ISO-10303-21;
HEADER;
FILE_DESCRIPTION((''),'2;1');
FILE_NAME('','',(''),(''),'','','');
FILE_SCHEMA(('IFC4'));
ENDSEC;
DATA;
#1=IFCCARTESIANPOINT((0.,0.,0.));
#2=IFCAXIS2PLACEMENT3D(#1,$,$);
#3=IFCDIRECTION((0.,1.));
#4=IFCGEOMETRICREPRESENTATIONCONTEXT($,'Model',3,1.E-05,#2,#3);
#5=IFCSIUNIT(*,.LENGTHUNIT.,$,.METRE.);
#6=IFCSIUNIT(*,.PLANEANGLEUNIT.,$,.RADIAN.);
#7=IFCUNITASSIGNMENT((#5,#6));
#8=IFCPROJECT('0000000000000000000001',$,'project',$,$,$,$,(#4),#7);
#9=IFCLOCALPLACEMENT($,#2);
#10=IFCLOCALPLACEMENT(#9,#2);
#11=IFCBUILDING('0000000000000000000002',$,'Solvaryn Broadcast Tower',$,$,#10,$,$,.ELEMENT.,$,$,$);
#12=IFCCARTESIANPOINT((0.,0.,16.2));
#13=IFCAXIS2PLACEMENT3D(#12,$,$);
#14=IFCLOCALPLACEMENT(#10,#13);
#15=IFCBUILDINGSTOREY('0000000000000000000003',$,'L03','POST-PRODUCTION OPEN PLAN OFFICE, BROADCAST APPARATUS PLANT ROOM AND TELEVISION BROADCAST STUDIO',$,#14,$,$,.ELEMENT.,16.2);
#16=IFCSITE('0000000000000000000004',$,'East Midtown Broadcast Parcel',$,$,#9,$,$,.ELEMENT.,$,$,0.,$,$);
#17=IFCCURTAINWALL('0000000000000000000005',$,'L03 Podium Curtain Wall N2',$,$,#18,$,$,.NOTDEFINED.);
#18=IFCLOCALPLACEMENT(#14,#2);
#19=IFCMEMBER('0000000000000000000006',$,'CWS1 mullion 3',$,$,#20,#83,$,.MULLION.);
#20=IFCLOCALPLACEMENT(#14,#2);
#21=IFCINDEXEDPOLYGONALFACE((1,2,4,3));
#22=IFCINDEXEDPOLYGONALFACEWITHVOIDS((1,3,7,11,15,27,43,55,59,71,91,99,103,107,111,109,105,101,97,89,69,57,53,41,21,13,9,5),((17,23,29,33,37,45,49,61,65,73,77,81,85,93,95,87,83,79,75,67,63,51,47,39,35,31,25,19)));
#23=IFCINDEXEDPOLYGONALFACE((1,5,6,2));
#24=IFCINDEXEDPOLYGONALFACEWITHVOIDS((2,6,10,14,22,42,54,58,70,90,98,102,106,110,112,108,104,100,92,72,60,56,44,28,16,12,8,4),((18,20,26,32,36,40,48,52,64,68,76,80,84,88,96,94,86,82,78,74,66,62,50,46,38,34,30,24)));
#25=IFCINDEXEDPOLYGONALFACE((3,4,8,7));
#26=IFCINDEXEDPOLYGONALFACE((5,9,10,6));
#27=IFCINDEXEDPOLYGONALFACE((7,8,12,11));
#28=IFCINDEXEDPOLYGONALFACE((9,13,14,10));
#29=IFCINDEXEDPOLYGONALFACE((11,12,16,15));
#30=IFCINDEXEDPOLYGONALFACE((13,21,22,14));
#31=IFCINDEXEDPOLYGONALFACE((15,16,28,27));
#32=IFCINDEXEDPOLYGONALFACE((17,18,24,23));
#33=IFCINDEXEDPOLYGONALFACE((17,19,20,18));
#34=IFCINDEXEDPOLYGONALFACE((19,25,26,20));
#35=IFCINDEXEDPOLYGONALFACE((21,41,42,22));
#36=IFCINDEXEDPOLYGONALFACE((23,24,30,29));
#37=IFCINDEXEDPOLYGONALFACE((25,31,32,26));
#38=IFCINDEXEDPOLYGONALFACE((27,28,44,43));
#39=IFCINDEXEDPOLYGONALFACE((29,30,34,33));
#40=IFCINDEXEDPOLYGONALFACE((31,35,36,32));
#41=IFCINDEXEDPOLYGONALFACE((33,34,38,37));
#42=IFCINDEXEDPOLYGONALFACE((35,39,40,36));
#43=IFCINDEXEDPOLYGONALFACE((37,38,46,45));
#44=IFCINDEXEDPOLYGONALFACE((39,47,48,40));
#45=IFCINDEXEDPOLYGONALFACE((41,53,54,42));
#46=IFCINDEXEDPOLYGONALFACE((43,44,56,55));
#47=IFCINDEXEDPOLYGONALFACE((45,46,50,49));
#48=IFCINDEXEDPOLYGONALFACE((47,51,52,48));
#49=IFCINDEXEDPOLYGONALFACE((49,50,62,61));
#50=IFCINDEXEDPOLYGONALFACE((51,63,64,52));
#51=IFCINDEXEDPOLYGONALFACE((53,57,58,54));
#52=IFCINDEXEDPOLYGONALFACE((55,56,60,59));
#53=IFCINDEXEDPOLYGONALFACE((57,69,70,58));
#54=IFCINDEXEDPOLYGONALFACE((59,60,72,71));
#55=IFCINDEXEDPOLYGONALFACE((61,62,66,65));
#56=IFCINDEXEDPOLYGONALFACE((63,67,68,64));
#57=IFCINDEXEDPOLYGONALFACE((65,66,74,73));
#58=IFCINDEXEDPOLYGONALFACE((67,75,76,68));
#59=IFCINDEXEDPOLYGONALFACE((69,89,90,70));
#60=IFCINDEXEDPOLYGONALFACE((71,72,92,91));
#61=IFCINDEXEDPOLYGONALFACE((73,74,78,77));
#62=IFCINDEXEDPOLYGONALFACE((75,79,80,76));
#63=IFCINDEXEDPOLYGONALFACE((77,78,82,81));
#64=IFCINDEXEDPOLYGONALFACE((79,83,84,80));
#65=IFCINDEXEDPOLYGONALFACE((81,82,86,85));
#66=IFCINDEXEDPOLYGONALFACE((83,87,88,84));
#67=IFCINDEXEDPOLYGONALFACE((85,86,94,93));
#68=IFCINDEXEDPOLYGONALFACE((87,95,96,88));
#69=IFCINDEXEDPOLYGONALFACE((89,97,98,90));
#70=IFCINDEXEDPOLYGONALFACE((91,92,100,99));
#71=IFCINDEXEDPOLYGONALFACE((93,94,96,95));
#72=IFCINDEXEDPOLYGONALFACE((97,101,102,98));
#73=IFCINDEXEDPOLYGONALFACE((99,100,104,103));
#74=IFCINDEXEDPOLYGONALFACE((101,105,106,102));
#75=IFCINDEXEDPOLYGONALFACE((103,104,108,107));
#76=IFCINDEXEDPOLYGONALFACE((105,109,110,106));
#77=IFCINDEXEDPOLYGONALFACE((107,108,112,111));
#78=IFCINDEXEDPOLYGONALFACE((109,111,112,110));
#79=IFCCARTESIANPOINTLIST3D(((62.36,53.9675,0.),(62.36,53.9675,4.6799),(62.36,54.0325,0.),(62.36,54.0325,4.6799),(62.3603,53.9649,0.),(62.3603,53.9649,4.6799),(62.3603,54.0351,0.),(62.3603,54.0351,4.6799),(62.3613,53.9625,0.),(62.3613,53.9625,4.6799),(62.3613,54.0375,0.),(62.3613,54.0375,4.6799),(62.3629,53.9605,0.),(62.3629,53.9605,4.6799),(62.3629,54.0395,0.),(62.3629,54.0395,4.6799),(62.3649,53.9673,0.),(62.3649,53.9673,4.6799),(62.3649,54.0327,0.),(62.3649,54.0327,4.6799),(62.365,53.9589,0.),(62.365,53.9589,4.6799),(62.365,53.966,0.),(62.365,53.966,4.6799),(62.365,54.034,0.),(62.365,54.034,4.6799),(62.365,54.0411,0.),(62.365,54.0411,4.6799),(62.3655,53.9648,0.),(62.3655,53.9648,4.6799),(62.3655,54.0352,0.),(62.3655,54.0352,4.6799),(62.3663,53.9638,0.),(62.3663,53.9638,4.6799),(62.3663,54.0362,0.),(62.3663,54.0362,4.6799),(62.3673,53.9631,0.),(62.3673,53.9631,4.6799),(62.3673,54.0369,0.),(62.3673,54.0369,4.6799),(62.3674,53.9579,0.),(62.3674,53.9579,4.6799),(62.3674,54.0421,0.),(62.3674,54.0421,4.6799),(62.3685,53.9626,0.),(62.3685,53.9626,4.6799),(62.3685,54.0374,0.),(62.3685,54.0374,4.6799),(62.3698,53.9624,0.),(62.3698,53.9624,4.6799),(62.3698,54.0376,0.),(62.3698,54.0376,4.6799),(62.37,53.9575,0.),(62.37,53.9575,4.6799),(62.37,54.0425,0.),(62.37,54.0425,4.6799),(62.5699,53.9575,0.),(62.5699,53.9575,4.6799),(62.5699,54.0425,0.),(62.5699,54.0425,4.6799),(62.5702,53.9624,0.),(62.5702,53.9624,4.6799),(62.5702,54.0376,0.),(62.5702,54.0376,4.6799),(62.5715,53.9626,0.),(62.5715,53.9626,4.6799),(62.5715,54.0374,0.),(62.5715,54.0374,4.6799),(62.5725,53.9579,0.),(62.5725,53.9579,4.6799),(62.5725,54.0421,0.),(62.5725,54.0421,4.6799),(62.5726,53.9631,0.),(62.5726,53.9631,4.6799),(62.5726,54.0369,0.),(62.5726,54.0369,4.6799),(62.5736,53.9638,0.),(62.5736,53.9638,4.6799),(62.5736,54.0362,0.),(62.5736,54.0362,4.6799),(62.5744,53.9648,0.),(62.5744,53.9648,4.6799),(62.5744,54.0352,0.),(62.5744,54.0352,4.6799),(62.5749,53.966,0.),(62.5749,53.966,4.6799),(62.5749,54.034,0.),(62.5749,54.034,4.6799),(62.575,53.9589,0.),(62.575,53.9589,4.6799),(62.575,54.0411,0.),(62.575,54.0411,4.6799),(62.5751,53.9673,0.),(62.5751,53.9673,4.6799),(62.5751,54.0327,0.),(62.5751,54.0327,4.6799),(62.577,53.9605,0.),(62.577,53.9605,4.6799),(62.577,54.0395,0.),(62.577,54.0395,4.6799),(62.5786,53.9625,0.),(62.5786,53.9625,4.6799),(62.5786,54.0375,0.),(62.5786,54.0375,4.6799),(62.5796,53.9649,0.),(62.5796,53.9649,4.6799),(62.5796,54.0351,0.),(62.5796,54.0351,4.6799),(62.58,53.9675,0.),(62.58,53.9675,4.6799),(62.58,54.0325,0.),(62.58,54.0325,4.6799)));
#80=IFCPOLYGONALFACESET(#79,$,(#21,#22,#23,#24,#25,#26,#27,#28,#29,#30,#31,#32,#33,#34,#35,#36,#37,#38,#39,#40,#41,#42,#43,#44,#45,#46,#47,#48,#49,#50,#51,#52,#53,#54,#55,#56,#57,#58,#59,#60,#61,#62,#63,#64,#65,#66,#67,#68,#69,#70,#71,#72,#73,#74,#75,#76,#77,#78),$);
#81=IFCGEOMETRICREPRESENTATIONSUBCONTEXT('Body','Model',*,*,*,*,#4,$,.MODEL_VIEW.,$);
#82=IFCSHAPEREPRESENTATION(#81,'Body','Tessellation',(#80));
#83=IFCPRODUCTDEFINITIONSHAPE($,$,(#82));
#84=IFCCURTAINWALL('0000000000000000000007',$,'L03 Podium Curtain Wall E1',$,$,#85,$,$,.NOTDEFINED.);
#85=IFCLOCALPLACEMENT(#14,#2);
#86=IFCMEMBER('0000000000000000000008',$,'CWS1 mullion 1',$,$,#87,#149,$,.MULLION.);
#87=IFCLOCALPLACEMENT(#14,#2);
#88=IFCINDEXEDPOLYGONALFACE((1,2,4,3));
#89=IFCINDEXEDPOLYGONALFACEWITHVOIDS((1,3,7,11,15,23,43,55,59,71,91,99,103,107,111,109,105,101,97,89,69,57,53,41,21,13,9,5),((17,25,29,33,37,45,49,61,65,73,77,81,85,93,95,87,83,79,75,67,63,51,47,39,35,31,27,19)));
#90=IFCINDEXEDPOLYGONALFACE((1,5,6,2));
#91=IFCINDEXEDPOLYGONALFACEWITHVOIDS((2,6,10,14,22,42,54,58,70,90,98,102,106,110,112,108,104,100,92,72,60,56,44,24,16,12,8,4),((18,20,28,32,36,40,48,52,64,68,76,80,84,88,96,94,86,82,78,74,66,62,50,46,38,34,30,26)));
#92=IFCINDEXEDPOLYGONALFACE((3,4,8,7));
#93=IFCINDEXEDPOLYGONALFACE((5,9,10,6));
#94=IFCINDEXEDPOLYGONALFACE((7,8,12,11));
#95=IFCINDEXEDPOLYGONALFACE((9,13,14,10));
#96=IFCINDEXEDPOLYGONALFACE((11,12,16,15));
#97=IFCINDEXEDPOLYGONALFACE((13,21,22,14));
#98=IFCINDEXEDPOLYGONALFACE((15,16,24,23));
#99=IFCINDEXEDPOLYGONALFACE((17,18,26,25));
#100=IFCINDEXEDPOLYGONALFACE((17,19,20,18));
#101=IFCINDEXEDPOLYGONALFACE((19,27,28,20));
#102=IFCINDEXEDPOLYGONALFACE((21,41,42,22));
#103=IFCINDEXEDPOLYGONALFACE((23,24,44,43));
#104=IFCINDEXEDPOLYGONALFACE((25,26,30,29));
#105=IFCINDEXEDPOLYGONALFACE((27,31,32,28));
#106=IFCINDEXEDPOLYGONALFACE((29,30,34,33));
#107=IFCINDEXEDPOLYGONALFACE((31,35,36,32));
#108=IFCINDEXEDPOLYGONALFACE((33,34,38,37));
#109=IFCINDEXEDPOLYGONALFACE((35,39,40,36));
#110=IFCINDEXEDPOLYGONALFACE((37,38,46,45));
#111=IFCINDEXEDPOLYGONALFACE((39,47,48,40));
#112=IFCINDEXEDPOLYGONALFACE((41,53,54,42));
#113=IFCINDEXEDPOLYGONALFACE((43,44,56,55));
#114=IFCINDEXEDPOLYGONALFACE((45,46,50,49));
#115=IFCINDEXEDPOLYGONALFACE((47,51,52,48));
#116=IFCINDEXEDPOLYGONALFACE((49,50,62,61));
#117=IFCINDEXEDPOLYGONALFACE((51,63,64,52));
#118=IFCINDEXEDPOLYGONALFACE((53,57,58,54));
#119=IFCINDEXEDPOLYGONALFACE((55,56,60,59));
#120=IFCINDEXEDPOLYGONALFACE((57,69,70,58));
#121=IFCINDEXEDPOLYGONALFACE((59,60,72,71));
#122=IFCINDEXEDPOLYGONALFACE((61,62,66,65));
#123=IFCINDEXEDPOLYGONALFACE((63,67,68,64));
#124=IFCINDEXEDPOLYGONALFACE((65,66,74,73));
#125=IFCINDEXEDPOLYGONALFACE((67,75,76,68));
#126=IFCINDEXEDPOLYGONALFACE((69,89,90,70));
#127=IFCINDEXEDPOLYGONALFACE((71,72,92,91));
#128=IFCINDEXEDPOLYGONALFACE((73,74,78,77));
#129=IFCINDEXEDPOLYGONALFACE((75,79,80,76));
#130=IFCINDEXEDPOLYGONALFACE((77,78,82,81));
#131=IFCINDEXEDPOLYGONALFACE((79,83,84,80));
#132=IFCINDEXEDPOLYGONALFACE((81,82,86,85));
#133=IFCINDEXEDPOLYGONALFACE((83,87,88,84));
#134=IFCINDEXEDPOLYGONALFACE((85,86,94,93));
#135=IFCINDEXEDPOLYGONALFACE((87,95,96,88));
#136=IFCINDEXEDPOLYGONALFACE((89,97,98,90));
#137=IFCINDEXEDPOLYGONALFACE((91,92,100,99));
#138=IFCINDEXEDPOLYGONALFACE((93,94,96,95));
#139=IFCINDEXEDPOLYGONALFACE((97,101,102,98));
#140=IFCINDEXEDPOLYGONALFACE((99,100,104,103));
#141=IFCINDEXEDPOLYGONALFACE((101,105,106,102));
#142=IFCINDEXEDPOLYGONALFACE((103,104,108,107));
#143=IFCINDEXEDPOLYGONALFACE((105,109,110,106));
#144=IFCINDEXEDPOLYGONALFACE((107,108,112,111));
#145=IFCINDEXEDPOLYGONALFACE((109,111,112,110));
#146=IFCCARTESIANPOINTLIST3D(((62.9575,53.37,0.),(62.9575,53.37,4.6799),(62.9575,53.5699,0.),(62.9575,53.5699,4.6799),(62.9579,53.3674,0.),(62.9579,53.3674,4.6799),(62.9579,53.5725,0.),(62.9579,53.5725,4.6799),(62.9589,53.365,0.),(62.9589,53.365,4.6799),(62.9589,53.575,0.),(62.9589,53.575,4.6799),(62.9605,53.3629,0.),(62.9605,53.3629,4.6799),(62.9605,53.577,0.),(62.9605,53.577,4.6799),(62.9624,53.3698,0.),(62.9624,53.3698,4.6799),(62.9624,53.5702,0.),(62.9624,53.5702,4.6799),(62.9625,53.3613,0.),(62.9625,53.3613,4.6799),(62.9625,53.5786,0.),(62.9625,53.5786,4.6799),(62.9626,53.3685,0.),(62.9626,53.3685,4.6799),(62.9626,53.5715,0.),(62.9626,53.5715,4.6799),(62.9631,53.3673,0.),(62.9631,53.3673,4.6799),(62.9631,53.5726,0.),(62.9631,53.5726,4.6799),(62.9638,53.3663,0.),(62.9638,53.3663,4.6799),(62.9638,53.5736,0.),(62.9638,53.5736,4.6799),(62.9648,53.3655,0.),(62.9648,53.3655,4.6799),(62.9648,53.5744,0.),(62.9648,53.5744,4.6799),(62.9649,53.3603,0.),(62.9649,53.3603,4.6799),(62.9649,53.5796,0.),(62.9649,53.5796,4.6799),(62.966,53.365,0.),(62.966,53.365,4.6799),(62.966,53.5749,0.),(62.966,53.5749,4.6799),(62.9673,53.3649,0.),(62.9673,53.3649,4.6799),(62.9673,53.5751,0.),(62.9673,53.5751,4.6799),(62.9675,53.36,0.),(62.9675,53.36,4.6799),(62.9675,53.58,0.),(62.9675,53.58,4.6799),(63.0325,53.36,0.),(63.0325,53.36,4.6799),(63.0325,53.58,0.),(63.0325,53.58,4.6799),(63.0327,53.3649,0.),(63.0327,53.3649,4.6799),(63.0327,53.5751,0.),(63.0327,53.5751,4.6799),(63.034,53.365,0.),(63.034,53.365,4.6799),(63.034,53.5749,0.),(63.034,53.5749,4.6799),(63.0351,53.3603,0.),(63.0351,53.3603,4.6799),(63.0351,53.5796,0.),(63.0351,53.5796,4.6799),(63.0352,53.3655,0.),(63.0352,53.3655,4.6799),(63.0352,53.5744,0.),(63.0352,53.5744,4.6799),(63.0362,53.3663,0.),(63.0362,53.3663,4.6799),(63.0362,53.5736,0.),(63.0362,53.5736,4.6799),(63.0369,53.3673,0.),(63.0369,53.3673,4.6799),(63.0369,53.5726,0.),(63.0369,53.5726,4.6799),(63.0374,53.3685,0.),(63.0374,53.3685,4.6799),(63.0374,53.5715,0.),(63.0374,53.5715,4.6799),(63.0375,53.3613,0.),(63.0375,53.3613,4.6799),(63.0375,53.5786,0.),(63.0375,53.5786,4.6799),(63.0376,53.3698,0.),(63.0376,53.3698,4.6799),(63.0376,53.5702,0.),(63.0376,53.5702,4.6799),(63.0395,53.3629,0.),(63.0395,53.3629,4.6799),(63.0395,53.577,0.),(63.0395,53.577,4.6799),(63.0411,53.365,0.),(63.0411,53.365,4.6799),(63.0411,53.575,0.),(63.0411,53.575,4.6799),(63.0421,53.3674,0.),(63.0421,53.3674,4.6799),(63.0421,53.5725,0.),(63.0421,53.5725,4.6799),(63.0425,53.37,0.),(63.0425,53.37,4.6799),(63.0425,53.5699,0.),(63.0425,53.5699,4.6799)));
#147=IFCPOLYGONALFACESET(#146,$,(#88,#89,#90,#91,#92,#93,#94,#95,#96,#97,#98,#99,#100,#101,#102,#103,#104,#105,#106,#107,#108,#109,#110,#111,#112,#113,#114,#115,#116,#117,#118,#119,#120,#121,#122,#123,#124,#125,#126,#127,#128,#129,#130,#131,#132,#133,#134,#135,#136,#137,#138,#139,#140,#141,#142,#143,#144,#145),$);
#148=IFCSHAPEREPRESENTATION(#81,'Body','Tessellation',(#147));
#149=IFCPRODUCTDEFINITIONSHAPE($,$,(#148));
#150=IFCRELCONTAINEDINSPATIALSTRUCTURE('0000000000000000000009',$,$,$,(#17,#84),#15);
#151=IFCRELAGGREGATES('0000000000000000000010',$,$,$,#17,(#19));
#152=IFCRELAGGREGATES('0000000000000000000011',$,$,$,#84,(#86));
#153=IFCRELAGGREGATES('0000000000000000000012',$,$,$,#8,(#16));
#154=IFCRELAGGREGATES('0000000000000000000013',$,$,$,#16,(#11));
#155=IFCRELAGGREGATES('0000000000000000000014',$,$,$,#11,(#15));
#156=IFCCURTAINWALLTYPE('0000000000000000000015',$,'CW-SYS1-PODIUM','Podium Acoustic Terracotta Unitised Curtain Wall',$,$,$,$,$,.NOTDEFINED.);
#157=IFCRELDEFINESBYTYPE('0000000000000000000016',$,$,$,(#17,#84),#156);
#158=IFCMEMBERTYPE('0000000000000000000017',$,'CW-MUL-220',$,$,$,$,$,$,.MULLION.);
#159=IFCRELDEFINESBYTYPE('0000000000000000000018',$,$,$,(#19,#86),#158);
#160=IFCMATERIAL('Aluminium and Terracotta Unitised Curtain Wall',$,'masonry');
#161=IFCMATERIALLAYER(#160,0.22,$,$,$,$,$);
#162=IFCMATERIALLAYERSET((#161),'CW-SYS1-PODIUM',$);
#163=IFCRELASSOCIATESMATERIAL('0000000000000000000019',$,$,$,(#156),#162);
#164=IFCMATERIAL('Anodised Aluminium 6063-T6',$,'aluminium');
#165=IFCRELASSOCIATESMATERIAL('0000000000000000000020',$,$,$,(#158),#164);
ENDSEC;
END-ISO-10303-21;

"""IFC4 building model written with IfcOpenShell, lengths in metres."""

from ifc_helpers import new_model, si_unit, direction, frame, origin, origin_2d, place, context, subcontext, project, spatial, hollow_rectangle, extrude, material, layer, layer_set, material_profile, profile_set, type_object, element, aggregate, save


model = new_model("IFC4")

# Units and contexts
model_context = context("Model", 3, precision=1e-05, world=origin(), true_north=direction((0.0, 1.0)))
body_context = subcontext(model_context, "Body", "Model", "MODEL_VIEW")
ifc_project = project(units=[si_unit("LENGTHUNIT", "METRE"), si_unit("PLANEANGLEUNIT", "RADIAN")], contexts=[model_context])

# Site, building, storey
site_placement = place(None, origin())
site = spatial("IfcSite", under=ifc_project, at=site_placement, Name="East Midtown Broadcast Parcel", CompositionType="ELEMENT", RefElevation=0.0)
building_placement = place(site_placement, origin())
building = spatial("IfcBuilding", under=site, at=building_placement, Name="Solvaryn Broadcast Tower", CompositionType="ELEMENT")
storey_placement = place(building_placement, frame((0.0, 0.0, 16.2)))
storey = spatial("IfcBuildingStorey", under=building, at=storey_placement, Name="L03", Description="POST-PRODUCTION OPEN PLAN OFFICE, BROADCAST APPARATUS PLANT ROOM AND TELEVISION BROADCAST STUDIO", CompositionType="ELEMENT", Elevation=16.2)

# Curtain walls, members
ifc_material_1 = material(Name="Aluminium and Terracotta Unitised Curtain Wall", Category="masonry")
ifc_layer_1 = layer(ifc_material_1, 0.22)
ifc_layer_set_1 = layer_set([ifc_layer_1], Name="CW-SYS1-PODIUM")
curtain_wall_type = type_object("IfcCurtainWallType", Name="CW-SYS1-PODIUM", Description="Podium Acoustic Terracotta Unitised Curtain Wall", PredefinedType="NOTDEFINED", material=ifc_layer_set_1)
curtain_wall_1_placement = place(storey_placement, origin())
curtain_wall_1 = element("IfcCurtainWall", 1, at=curtain_wall_1_placement, inside=storey, type_object=curtain_wall_type, Name="L03 Podium Curtain Wall N2", PredefinedType="NOTDEFINED")
ifc_material_2 = material(Name="Anodised Aluminium 6063-T6", Category="aluminium")
ifc_material_profile_1 = material_profile(ifc_material_2, hollow_rectangle(XDim=0.085, YDim=0.22, WallThickness=0.0049, InnerFilletRadius=0.0049, OuterFilletRadius=0.01, at=origin_2d()))
ifc_profile_set_1 = profile_set([ifc_material_profile_1], Name="Anodised Aluminium 6063-T6")
member_type_1 = type_object("IfcMemberType", Name="CW-MUL-220", PredefinedType="MULLION", material=ifc_profile_set_1)
member_1_placement = place(storey_placement, frame((62.47, 54.0, 0.0), z_axis=(0.0, 0.0, 1.0), x_axis=(0.0, 1.0, 0.0)))
member_1 = element("IfcMember", 2, at=member_1_placement, type_object=member_type_1, Name="CWS1 mullion 3", PredefinedType="MULLION", context=body_context, shape_type="SweptSolid", body=[
    extrude(hollow_rectangle(XDim=0.085, YDim=0.22, WallThickness=0.0049, InnerFilletRadius=0.0049, OuterFilletRadius=0.01, at=origin_2d()), origin(), (0.0, 0.0, 1.0), 4.6799),
])
curtain_wall_2_placement = place(storey_placement, origin())
curtain_wall_2 = element("IfcCurtainWall", 3, at=curtain_wall_2_placement, inside=storey, type_object=curtain_wall_type, Name="L03 Podium Curtain Wall E1", PredefinedType="NOTDEFINED")
member_2_placement = place(storey_placement, frame((63.0, 53.47, 0.0), z_axis=(0.0, 0.0, 1.0), x_axis=(1.0, 0.0, 0.0)))
member_2 = element("IfcMember", 4, at=member_2_placement, type_object=member_type_1, Name="CWS1 mullion 1", PredefinedType="MULLION", context=body_context, shape_type="SweptSolid", body=[
    extrude(hollow_rectangle(XDim=0.085, YDim=0.22, WallThickness=0.0049, InnerFilletRadius=0.0049, OuterFilletRadius=0.01, at=origin_2d()), origin(), (0.0, 0.0, 1.0), 4.6799),
])

aggregate(curtain_wall_1, [member_1])
aggregate(curtain_wall_2, [member_2])

save(model, "model.ifc")
